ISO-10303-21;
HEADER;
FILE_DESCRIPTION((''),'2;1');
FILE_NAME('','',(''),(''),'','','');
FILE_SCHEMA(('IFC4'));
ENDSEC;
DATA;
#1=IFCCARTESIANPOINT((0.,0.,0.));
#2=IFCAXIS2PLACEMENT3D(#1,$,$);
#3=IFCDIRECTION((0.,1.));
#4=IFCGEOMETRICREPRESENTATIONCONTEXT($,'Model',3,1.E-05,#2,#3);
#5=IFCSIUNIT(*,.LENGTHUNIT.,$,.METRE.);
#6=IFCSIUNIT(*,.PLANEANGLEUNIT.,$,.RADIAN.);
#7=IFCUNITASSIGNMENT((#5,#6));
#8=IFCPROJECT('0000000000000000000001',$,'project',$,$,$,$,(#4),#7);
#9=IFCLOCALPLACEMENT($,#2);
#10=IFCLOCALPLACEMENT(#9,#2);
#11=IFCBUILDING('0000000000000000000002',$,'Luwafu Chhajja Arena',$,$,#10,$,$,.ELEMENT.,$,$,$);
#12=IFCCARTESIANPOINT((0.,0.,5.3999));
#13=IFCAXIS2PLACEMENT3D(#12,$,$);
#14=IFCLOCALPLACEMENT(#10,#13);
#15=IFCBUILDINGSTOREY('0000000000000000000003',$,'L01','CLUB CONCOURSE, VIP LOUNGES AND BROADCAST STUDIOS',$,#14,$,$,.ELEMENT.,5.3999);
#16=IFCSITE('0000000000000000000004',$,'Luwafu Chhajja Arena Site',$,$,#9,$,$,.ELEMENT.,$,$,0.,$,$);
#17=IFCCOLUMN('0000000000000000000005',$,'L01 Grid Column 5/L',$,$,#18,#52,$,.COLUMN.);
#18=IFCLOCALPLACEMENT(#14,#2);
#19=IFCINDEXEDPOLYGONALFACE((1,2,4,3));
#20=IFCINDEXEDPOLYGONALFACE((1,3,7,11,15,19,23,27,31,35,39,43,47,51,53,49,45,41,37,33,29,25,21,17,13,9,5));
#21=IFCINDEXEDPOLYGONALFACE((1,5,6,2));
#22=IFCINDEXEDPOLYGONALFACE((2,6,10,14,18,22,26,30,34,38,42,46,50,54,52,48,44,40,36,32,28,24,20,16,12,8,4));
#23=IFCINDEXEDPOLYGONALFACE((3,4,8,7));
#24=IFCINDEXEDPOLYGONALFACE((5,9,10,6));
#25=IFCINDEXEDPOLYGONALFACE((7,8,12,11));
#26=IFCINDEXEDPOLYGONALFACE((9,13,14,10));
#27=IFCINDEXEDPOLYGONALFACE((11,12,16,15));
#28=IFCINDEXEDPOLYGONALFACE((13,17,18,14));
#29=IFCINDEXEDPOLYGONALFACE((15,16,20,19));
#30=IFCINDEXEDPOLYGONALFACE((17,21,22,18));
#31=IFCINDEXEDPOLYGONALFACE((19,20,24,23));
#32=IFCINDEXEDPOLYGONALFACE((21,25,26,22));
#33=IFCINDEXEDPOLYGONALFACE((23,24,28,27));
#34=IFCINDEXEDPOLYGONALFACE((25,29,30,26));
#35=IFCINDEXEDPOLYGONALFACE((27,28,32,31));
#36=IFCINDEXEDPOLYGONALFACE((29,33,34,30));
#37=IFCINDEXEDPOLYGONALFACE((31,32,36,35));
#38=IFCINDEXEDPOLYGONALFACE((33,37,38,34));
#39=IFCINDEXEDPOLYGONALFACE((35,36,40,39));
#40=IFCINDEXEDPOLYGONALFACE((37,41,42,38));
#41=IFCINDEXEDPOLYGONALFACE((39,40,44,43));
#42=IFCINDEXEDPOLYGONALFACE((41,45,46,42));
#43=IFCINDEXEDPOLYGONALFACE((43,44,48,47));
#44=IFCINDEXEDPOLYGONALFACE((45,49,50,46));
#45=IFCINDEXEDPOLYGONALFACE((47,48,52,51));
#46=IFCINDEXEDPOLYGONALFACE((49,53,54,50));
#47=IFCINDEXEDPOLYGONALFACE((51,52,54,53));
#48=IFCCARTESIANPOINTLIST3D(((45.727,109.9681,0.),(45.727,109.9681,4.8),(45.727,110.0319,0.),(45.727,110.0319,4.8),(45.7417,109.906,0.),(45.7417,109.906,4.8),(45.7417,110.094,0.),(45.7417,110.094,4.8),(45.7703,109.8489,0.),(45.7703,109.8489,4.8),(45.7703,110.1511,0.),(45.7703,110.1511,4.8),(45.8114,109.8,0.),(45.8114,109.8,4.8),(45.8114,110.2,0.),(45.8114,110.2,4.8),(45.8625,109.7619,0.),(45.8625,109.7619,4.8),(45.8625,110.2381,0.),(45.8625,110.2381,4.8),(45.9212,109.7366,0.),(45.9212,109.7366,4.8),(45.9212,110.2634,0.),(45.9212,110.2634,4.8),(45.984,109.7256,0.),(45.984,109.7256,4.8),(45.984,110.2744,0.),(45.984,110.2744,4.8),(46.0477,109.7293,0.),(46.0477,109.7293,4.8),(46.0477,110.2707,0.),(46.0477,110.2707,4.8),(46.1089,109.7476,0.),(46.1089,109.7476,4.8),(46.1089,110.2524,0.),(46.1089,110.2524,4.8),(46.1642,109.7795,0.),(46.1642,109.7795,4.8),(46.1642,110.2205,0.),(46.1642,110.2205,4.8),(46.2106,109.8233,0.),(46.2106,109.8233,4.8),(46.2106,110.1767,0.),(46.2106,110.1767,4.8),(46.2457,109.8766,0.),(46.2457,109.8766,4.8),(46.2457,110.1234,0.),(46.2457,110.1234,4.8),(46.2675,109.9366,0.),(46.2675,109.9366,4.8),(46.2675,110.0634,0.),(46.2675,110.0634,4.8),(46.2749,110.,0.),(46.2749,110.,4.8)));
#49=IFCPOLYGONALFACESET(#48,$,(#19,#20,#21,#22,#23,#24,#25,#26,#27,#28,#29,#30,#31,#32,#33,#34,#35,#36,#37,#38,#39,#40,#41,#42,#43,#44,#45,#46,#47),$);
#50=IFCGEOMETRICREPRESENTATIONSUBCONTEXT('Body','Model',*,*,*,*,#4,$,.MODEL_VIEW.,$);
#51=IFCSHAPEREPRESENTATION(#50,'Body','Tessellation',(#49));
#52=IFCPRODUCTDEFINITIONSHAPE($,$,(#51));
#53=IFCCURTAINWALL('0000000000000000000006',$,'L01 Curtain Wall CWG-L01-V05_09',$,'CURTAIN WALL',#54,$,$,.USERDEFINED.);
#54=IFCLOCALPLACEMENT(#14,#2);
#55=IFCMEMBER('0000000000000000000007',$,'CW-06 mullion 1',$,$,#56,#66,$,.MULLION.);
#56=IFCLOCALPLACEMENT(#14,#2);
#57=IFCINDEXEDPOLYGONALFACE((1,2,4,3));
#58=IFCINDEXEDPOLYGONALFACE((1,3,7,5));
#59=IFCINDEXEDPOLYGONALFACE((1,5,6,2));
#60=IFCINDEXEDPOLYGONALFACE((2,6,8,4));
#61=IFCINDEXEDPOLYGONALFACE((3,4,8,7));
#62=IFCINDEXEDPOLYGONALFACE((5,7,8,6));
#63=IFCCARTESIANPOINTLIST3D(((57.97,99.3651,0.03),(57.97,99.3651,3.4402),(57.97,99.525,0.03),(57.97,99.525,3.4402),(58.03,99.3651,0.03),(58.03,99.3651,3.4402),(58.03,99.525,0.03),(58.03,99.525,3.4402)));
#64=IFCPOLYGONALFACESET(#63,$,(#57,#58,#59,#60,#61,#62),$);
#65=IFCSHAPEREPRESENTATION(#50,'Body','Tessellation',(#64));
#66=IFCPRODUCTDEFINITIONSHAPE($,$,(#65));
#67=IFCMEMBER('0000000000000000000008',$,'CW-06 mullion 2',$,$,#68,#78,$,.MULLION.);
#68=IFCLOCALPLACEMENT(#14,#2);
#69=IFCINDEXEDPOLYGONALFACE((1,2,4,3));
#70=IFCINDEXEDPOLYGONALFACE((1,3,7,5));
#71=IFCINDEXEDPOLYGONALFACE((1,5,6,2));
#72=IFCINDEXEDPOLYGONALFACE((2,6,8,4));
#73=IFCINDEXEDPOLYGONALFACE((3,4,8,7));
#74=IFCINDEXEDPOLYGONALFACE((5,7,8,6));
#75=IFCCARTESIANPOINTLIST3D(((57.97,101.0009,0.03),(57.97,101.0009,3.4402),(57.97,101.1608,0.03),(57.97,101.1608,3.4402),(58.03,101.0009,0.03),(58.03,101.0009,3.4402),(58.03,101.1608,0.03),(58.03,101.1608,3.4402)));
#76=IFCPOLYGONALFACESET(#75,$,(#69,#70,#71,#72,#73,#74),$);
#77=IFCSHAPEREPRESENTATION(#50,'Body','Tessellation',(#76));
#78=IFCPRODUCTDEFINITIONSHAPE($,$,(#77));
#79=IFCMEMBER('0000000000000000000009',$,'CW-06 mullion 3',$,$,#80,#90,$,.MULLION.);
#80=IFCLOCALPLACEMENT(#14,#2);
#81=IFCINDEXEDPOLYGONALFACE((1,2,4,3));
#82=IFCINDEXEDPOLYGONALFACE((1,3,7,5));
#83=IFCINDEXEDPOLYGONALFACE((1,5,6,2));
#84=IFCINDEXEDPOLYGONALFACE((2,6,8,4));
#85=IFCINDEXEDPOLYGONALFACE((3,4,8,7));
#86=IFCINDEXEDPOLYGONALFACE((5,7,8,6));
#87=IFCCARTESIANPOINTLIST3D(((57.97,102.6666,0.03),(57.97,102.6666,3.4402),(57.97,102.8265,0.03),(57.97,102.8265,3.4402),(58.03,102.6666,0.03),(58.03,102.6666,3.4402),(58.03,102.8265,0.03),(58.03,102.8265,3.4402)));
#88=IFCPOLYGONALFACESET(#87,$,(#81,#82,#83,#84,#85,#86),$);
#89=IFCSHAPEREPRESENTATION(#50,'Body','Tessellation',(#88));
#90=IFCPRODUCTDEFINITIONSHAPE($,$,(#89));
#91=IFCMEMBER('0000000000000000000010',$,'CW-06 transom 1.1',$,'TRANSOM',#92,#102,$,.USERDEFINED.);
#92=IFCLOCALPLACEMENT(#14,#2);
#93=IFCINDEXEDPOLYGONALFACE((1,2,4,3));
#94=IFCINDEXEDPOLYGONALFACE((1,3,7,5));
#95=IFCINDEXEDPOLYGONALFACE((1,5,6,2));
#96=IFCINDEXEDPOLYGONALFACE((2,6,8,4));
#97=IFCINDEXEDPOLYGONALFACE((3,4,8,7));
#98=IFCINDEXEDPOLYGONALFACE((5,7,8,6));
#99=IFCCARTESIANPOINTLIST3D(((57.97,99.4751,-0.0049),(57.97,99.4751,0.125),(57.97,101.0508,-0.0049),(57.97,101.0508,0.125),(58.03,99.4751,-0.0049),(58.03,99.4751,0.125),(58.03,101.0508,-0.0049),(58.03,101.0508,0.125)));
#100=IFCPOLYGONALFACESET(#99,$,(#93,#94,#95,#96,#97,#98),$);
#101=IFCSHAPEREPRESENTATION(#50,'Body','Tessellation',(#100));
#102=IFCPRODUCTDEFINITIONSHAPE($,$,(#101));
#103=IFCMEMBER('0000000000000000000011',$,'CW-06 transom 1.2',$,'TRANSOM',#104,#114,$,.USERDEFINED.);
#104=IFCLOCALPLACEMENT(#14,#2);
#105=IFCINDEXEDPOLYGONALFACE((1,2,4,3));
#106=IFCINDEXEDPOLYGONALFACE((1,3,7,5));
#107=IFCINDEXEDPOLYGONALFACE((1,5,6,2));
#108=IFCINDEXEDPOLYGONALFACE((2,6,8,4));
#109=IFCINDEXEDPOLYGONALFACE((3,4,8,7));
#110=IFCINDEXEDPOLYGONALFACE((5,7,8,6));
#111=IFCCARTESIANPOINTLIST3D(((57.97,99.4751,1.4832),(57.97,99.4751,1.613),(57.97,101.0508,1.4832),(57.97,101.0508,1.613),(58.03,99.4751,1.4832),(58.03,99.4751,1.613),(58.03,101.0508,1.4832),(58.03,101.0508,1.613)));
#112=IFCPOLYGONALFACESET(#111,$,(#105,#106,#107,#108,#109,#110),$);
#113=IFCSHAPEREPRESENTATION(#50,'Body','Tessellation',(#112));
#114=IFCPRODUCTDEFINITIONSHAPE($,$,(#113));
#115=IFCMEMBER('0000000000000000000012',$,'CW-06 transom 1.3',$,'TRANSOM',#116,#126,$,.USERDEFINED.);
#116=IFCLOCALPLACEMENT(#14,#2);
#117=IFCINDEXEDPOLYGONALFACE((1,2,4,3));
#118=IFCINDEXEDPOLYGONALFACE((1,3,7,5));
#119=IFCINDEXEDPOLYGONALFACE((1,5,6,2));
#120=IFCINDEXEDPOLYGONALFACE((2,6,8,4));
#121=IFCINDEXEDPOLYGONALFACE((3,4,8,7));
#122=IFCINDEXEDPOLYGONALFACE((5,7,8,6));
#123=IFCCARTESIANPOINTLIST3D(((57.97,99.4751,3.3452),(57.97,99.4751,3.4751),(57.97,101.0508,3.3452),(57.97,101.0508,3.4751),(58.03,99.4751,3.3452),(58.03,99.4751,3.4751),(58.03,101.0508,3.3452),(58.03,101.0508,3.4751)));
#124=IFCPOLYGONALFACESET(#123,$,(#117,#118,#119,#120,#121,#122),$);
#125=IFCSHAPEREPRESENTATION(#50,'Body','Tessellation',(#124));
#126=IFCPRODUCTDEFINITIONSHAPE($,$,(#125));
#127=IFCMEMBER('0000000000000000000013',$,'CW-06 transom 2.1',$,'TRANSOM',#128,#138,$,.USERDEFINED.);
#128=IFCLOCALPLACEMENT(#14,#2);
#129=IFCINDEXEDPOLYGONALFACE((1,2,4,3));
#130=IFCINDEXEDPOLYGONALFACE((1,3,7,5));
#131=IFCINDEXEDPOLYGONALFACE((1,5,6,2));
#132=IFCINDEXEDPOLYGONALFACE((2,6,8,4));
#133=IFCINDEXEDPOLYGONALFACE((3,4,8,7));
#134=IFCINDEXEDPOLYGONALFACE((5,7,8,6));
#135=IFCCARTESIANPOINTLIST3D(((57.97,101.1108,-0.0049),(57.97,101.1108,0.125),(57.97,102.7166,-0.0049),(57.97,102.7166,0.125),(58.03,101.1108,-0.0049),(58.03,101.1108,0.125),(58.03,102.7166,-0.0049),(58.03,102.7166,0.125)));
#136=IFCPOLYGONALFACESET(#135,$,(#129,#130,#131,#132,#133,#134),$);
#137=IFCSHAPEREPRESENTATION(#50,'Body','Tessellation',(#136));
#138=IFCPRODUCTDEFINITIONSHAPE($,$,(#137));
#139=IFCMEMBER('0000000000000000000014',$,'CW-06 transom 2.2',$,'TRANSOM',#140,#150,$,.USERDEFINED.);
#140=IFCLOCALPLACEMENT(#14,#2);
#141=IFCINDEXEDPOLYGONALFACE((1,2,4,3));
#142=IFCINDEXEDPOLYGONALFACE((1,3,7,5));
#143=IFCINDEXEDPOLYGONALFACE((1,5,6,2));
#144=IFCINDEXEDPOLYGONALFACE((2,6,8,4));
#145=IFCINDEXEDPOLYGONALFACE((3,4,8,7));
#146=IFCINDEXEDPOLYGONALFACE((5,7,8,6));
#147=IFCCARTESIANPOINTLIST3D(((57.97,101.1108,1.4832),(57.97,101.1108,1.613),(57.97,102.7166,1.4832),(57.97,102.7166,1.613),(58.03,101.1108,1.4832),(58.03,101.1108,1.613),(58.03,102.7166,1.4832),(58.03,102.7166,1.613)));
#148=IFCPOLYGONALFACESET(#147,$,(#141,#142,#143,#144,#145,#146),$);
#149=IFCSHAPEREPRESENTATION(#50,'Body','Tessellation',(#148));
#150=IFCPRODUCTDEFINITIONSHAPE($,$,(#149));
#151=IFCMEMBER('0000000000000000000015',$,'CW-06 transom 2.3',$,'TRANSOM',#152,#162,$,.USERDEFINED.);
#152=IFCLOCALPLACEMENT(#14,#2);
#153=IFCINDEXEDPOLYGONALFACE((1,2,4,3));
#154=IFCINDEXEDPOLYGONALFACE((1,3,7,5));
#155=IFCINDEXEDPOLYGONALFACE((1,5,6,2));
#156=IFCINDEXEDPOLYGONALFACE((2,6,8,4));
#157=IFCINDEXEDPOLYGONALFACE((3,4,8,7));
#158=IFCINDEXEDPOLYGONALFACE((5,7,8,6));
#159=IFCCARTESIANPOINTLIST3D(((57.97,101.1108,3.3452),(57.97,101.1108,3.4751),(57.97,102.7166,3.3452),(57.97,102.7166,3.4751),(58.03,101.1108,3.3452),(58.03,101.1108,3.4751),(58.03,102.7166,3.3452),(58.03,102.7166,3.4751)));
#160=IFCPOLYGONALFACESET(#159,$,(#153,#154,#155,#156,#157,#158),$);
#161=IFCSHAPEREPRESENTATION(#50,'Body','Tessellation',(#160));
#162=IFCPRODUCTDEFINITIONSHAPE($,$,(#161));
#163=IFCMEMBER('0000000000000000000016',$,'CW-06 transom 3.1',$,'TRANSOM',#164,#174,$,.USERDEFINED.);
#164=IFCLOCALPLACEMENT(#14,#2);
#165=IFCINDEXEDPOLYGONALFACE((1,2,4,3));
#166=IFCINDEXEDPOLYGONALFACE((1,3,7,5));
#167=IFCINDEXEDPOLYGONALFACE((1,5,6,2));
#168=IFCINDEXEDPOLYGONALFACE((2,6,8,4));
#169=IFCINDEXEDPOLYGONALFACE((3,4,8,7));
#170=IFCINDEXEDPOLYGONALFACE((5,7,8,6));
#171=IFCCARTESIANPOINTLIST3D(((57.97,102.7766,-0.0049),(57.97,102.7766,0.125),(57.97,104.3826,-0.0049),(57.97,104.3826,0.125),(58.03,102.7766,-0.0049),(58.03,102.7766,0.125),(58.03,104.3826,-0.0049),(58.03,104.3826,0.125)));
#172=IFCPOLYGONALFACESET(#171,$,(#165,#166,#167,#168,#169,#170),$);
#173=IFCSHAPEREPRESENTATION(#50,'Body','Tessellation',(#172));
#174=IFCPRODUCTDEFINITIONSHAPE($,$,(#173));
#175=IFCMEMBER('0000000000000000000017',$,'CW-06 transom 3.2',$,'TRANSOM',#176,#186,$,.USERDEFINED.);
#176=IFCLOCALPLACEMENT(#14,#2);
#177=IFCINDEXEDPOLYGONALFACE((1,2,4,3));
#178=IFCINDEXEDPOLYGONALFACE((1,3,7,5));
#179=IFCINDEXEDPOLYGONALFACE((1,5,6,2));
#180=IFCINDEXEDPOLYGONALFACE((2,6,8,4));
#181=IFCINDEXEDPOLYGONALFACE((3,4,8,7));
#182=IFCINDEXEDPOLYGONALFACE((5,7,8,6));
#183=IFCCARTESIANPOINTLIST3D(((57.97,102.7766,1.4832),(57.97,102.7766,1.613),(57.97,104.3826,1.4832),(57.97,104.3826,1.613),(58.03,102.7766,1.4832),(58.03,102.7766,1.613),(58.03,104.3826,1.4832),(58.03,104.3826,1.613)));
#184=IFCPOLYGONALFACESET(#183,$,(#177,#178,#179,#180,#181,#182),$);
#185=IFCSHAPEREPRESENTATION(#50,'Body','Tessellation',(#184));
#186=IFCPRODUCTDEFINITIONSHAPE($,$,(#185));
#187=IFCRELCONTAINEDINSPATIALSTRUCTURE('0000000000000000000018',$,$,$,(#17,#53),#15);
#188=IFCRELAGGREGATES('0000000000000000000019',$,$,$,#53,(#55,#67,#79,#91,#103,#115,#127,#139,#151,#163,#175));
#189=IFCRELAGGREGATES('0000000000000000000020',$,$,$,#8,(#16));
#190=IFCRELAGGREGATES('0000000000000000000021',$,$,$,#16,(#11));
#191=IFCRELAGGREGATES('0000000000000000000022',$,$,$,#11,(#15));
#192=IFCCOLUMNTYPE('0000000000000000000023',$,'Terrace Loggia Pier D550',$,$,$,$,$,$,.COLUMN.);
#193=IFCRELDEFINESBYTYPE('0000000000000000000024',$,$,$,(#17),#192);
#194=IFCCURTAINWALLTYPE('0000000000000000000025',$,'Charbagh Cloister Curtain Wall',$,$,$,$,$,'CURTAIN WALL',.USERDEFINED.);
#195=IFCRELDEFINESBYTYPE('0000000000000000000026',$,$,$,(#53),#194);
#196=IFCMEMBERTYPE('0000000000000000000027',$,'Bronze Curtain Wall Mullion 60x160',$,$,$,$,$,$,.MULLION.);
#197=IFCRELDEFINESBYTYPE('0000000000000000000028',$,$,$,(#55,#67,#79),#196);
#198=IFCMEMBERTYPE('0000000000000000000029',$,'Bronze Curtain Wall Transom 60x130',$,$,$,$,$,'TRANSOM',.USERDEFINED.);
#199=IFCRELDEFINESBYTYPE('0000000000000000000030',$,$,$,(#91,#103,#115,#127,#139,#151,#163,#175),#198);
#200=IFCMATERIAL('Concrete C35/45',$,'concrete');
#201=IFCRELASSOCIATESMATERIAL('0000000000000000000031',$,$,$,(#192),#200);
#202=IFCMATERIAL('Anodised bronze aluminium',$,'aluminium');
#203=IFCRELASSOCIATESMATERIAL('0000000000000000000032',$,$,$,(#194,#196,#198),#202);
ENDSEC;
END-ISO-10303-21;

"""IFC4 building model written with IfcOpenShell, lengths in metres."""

from ifc_helpers import new_model, si_unit, direction, frame, origin, origin_2d, place, context, subcontext, project, spatial, rectangle, circle, extrude, material, material_profile, profile_set, type_object, element, aggregate, save


model = new_model("IFC4")

# Units and contexts
model_context = context("Model", 3, precision=1e-05, world=origin(), true_north=direction((0.0, 1.0)))
body_context = subcontext(model_context, "Body", "Model", "MODEL_VIEW")
ifc_project = project(units=[si_unit("LENGTHUNIT", "METRE"), si_unit("PLANEANGLEUNIT", "RADIAN")], contexts=[model_context])

# Site, building, storey
site_placement = place(None, origin())
site = spatial("IfcSite", under=ifc_project, at=site_placement, Name="Luwafu Chhajja Arena Site", CompositionType="ELEMENT", RefElevation=0.0)
building_placement = place(site_placement, origin())
building = spatial("IfcBuilding", under=site, at=building_placement, Name="Luwafu Chhajja Arena", CompositionType="ELEMENT")
storey_placement = place(building_placement, frame((0.0, 0.0, 5.3999)))
storey = spatial("IfcBuildingStorey", under=building, at=storey_placement, Name="L01", Description="CLUB CONCOURSE, VIP LOUNGES AND BROADCAST STUDIOS", CompositionType="ELEMENT", Elevation=5.3999)

# Column
ifc_material_1 = material(Name="Concrete C35/45", Category="concrete")
ifc_material_profile_1 = material_profile(ifc_material_1, circle(Radius=0.2749, at=origin_2d()), Name="RC COL D550")
ifc_profile_set_1 = profile_set([ifc_material_profile_1], Name="Concrete C35/45")
column_type = type_object("IfcColumnType", Name="Terrace Loggia Pier D550", PredefinedType="COLUMN", material=ifc_profile_set_1)
column_placement = place(storey_placement, frame((46.0, 110.0, 0.0), z_axis=(0.0, 0.0, 1.0), x_axis=(1.0, 0.0, 0.0)))
element("IfcColumn", 1, at=column_placement, inside=storey, type_object=column_type, Name="L01 Grid Column 5/L", PredefinedType="COLUMN", context=body_context, shape_type="SweptSolid", body=[
    extrude(circle(Radius=0.2749, at=origin_2d()), origin(), (0.0, 0.0, 1.0), 4.8),
])

# Curtain wall, members
ifc_material_2 = material(Name="Anodised bronze aluminium", Category="aluminium")
curtain_wall_type_1 = type_object("IfcCurtainWallType", Name="Charbagh Cloister Curtain Wall", ElementType="CURTAIN WALL", PredefinedType="USERDEFINED", material=ifc_material_2)
curtain_wall_1_placement = place(storey_placement, origin())
curtain_wall_1 = element("IfcCurtainWall", 2, at=curtain_wall_1_placement, inside=storey, type_object=curtain_wall_type_1, Name="L01 Curtain Wall CWG-L01-V05_09", ObjectType="CURTAIN WALL", PredefinedType="USERDEFINED")
ifc_material_profile_2 = material_profile(ifc_material_2, rectangle(XDim=0.0601, YDim=0.1599, at=origin_2d()), Name="CWM 60x160")
ifc_profile_set_2 = profile_set([ifc_material_profile_2], Name="Anodised bronze aluminium")
member_type_1 = type_object("IfcMemberType", Name="Bronze Curtain Wall Mullion 60x160", PredefinedType="MULLION", material=ifc_profile_set_2)
member_1_placement = place(storey_placement, frame((58.0, 99.4451, 0.03), z_axis=(0.0, 0.0, 1.0), x_axis=(-1.0, 0.0, 0.0)))
member_1 = element("IfcMember", 3, at=member_1_placement, type_object=member_type_1, Name="CW-06 mullion 1", PredefinedType="MULLION", context=body_context, shape_type="SweptSolid", body=[
    extrude(rectangle(XDim=0.0601, YDim=0.1599, at=origin_2d()), origin(), (0.0, 0.0, 1.0), 3.4102),
])
member_2_placement = place(storey_placement, frame((58.0, 101.0808, 0.03), z_axis=(0.0, 0.0, 1.0), x_axis=(-1.0, 0.0, 0.0)))
member_2 = element("IfcMember", 4, at=member_2_placement, type_object=member_type_1, Name="CW-06 mullion 2", PredefinedType="MULLION", context=body_context, shape_type="SweptSolid", body=[
    extrude(rectangle(XDim=0.0601, YDim=0.1599, at=origin_2d()), origin(), (0.0, 0.0, 1.0), 3.4102),
])
member_3_placement = place(storey_placement, frame((58.0, 102.7466, 0.03), z_axis=(0.0, 0.0, 1.0), x_axis=(-1.0, 0.0, 0.0)))
member_3 = element("IfcMember", 5, at=member_3_placement, type_object=member_type_1, Name="CW-06 mullion 3", PredefinedType="MULLION", context=body_context, shape_type="SweptSolid", body=[
    extrude(rectangle(XDim=0.0601, YDim=0.1599, at=origin_2d()), origin(), (0.0, 0.0, 1.0), 3.4102),
])
ifc_material_profile_3 = material_profile(ifc_material_2, rectangle(XDim=0.0601, YDim=0.1299, at=origin_2d()), Name="CWT 60x130")
ifc_profile_set_3 = profile_set([ifc_material_profile_3], Name="Anodised bronze aluminium")
member_type_2 = type_object("IfcMemberType", Name="Bronze Curtain Wall Transom 60x130", ElementType="TRANSOM", PredefinedType="USERDEFINED", material=ifc_profile_set_3)
member_4_placement = place(storey_placement, frame((58.0, 99.4751, 0.0601), z_axis=(0.0, 1.0, 0.0), x_axis=(-1.0, 0.0, 0.0)))
member_4 = element("IfcMember", 6, at=member_4_placement, type_object=member_type_2, Name="CW-06 transom 1.1", ObjectType="TRANSOM", PredefinedType="USERDEFINED", context=body_context, shape_type="SweptSolid", body=[
    extrude(rectangle(XDim=0.0601, YDim=0.1299, at=origin_2d()), origin(), (0.0, 0.0, 1.0), 1.5757),
])
member_5_placement = place(storey_placement, frame((58.0, 99.4751, 1.5481), z_axis=(0.0, 1.0, 0.0), x_axis=(-1.0, 0.0, 0.0)))
member_5 = element("IfcMember", 7, at=member_5_placement, type_object=member_type_2, Name="CW-06 transom 1.2", ObjectType="TRANSOM", PredefinedType="USERDEFINED", context=body_context, shape_type="SweptSolid", body=[
    extrude(rectangle(XDim=0.0601, YDim=0.1299, at=origin_2d()), origin(), (0.0, 0.0, 1.0), 1.5757),
])
member_6_placement = place(storey_placement, frame((58.0, 99.4751, 3.4102), z_axis=(0.0, 1.0, 0.0), x_axis=(-1.0, 0.0, 0.0)))
member_6 = element("IfcMember", 8, at=member_6_placement, type_object=member_type_2, Name="CW-06 transom 1.3", ObjectType="TRANSOM", PredefinedType="USERDEFINED", context=body_context, shape_type="SweptSolid", body=[
    extrude(rectangle(XDim=0.0601, YDim=0.1299, at=origin_2d()), origin(), (0.0, 0.0, 1.0), 1.5757),
])
member_7_placement = place(storey_placement, frame((58.0, 101.1108, 0.0601), z_axis=(0.0, 1.0, 0.0), x_axis=(-1.0, 0.0, 0.0)))
member_7 = element("IfcMember", 9, at=member_7_placement, type_object=member_type_2, Name="CW-06 transom 2.1", ObjectType="TRANSOM", PredefinedType="USERDEFINED", context=body_context, shape_type="SweptSolid", body=[
    extrude(rectangle(XDim=0.0601, YDim=0.1299, at=origin_2d()), origin(), (0.0, 0.0, 1.0), 1.6057),
])
member_8_placement = place(storey_placement, frame((58.0, 101.1108, 1.5481), z_axis=(0.0, 1.0, 0.0), x_axis=(-1.0, 0.0, 0.0)))
member_8 = element("IfcMember", 10, at=member_8_placement, type_object=member_type_2, Name="CW-06 transom 2.2", ObjectType="TRANSOM", PredefinedType="USERDEFINED", context=body_context, shape_type="SweptSolid", body=[
    extrude(rectangle(XDim=0.0601, YDim=0.1299, at=origin_2d()), origin(), (0.0, 0.0, 1.0), 1.6057),
])
member_9_placement = place(storey_placement, frame((58.0, 101.1108, 3.4102), z_axis=(0.0, 1.0, 0.0), x_axis=(-1.0, 0.0, 0.0)))
member_9 = element("IfcMember", 11, at=member_9_placement, type_object=member_type_2, Name="CW-06 transom 2.3", ObjectType="TRANSOM", PredefinedType="USERDEFINED", context=body_context, shape_type="SweptSolid", body=[
    extrude(rectangle(XDim=0.0601, YDim=0.1299, at=origin_2d()), origin(), (0.0, 0.0, 1.0), 1.6057),
])
member_10_placement = place(storey_placement, frame((58.0, 102.7766, 0.0601), z_axis=(0.0, 1.0, 0.0), x_axis=(-1.0, 0.0, 0.0)))
member_10 = element("IfcMember", 12, at=member_10_placement, type_object=member_type_2, Name="CW-06 transom 3.1", ObjectType="TRANSOM", PredefinedType="USERDEFINED", context=body_context, shape_type="SweptSolid", body=[
    extrude(rectangle(XDim=0.0601, YDim=0.1299, at=origin_2d()), origin(), (0.0, 0.0, 1.0), 1.606),
])
member_11_placement = place(storey_placement, frame((58.0, 102.7766, 1.5481), z_axis=(0.0, 1.0, 0.0), x_axis=(-1.0, 0.0, 0.0)))
member_11 = element("IfcMember", 13, at=member_11_placement, type_object=member_type_2, Name="CW-06 transom 3.2", ObjectType="TRANSOM", PredefinedType="USERDEFINED", context=body_context, shape_type="SweptSolid", body=[
    extrude(rectangle(XDim=0.0601, YDim=0.1299, at=origin_2d()), origin(), (0.0, 0.0, 1.0), 1.606),
])

aggregate(curtain_wall_1, [member_1, member_2, member_3, member_4, member_5, member_6, member_7, member_8, member_9, member_10, member_11])

save(model, "model.ifc")
